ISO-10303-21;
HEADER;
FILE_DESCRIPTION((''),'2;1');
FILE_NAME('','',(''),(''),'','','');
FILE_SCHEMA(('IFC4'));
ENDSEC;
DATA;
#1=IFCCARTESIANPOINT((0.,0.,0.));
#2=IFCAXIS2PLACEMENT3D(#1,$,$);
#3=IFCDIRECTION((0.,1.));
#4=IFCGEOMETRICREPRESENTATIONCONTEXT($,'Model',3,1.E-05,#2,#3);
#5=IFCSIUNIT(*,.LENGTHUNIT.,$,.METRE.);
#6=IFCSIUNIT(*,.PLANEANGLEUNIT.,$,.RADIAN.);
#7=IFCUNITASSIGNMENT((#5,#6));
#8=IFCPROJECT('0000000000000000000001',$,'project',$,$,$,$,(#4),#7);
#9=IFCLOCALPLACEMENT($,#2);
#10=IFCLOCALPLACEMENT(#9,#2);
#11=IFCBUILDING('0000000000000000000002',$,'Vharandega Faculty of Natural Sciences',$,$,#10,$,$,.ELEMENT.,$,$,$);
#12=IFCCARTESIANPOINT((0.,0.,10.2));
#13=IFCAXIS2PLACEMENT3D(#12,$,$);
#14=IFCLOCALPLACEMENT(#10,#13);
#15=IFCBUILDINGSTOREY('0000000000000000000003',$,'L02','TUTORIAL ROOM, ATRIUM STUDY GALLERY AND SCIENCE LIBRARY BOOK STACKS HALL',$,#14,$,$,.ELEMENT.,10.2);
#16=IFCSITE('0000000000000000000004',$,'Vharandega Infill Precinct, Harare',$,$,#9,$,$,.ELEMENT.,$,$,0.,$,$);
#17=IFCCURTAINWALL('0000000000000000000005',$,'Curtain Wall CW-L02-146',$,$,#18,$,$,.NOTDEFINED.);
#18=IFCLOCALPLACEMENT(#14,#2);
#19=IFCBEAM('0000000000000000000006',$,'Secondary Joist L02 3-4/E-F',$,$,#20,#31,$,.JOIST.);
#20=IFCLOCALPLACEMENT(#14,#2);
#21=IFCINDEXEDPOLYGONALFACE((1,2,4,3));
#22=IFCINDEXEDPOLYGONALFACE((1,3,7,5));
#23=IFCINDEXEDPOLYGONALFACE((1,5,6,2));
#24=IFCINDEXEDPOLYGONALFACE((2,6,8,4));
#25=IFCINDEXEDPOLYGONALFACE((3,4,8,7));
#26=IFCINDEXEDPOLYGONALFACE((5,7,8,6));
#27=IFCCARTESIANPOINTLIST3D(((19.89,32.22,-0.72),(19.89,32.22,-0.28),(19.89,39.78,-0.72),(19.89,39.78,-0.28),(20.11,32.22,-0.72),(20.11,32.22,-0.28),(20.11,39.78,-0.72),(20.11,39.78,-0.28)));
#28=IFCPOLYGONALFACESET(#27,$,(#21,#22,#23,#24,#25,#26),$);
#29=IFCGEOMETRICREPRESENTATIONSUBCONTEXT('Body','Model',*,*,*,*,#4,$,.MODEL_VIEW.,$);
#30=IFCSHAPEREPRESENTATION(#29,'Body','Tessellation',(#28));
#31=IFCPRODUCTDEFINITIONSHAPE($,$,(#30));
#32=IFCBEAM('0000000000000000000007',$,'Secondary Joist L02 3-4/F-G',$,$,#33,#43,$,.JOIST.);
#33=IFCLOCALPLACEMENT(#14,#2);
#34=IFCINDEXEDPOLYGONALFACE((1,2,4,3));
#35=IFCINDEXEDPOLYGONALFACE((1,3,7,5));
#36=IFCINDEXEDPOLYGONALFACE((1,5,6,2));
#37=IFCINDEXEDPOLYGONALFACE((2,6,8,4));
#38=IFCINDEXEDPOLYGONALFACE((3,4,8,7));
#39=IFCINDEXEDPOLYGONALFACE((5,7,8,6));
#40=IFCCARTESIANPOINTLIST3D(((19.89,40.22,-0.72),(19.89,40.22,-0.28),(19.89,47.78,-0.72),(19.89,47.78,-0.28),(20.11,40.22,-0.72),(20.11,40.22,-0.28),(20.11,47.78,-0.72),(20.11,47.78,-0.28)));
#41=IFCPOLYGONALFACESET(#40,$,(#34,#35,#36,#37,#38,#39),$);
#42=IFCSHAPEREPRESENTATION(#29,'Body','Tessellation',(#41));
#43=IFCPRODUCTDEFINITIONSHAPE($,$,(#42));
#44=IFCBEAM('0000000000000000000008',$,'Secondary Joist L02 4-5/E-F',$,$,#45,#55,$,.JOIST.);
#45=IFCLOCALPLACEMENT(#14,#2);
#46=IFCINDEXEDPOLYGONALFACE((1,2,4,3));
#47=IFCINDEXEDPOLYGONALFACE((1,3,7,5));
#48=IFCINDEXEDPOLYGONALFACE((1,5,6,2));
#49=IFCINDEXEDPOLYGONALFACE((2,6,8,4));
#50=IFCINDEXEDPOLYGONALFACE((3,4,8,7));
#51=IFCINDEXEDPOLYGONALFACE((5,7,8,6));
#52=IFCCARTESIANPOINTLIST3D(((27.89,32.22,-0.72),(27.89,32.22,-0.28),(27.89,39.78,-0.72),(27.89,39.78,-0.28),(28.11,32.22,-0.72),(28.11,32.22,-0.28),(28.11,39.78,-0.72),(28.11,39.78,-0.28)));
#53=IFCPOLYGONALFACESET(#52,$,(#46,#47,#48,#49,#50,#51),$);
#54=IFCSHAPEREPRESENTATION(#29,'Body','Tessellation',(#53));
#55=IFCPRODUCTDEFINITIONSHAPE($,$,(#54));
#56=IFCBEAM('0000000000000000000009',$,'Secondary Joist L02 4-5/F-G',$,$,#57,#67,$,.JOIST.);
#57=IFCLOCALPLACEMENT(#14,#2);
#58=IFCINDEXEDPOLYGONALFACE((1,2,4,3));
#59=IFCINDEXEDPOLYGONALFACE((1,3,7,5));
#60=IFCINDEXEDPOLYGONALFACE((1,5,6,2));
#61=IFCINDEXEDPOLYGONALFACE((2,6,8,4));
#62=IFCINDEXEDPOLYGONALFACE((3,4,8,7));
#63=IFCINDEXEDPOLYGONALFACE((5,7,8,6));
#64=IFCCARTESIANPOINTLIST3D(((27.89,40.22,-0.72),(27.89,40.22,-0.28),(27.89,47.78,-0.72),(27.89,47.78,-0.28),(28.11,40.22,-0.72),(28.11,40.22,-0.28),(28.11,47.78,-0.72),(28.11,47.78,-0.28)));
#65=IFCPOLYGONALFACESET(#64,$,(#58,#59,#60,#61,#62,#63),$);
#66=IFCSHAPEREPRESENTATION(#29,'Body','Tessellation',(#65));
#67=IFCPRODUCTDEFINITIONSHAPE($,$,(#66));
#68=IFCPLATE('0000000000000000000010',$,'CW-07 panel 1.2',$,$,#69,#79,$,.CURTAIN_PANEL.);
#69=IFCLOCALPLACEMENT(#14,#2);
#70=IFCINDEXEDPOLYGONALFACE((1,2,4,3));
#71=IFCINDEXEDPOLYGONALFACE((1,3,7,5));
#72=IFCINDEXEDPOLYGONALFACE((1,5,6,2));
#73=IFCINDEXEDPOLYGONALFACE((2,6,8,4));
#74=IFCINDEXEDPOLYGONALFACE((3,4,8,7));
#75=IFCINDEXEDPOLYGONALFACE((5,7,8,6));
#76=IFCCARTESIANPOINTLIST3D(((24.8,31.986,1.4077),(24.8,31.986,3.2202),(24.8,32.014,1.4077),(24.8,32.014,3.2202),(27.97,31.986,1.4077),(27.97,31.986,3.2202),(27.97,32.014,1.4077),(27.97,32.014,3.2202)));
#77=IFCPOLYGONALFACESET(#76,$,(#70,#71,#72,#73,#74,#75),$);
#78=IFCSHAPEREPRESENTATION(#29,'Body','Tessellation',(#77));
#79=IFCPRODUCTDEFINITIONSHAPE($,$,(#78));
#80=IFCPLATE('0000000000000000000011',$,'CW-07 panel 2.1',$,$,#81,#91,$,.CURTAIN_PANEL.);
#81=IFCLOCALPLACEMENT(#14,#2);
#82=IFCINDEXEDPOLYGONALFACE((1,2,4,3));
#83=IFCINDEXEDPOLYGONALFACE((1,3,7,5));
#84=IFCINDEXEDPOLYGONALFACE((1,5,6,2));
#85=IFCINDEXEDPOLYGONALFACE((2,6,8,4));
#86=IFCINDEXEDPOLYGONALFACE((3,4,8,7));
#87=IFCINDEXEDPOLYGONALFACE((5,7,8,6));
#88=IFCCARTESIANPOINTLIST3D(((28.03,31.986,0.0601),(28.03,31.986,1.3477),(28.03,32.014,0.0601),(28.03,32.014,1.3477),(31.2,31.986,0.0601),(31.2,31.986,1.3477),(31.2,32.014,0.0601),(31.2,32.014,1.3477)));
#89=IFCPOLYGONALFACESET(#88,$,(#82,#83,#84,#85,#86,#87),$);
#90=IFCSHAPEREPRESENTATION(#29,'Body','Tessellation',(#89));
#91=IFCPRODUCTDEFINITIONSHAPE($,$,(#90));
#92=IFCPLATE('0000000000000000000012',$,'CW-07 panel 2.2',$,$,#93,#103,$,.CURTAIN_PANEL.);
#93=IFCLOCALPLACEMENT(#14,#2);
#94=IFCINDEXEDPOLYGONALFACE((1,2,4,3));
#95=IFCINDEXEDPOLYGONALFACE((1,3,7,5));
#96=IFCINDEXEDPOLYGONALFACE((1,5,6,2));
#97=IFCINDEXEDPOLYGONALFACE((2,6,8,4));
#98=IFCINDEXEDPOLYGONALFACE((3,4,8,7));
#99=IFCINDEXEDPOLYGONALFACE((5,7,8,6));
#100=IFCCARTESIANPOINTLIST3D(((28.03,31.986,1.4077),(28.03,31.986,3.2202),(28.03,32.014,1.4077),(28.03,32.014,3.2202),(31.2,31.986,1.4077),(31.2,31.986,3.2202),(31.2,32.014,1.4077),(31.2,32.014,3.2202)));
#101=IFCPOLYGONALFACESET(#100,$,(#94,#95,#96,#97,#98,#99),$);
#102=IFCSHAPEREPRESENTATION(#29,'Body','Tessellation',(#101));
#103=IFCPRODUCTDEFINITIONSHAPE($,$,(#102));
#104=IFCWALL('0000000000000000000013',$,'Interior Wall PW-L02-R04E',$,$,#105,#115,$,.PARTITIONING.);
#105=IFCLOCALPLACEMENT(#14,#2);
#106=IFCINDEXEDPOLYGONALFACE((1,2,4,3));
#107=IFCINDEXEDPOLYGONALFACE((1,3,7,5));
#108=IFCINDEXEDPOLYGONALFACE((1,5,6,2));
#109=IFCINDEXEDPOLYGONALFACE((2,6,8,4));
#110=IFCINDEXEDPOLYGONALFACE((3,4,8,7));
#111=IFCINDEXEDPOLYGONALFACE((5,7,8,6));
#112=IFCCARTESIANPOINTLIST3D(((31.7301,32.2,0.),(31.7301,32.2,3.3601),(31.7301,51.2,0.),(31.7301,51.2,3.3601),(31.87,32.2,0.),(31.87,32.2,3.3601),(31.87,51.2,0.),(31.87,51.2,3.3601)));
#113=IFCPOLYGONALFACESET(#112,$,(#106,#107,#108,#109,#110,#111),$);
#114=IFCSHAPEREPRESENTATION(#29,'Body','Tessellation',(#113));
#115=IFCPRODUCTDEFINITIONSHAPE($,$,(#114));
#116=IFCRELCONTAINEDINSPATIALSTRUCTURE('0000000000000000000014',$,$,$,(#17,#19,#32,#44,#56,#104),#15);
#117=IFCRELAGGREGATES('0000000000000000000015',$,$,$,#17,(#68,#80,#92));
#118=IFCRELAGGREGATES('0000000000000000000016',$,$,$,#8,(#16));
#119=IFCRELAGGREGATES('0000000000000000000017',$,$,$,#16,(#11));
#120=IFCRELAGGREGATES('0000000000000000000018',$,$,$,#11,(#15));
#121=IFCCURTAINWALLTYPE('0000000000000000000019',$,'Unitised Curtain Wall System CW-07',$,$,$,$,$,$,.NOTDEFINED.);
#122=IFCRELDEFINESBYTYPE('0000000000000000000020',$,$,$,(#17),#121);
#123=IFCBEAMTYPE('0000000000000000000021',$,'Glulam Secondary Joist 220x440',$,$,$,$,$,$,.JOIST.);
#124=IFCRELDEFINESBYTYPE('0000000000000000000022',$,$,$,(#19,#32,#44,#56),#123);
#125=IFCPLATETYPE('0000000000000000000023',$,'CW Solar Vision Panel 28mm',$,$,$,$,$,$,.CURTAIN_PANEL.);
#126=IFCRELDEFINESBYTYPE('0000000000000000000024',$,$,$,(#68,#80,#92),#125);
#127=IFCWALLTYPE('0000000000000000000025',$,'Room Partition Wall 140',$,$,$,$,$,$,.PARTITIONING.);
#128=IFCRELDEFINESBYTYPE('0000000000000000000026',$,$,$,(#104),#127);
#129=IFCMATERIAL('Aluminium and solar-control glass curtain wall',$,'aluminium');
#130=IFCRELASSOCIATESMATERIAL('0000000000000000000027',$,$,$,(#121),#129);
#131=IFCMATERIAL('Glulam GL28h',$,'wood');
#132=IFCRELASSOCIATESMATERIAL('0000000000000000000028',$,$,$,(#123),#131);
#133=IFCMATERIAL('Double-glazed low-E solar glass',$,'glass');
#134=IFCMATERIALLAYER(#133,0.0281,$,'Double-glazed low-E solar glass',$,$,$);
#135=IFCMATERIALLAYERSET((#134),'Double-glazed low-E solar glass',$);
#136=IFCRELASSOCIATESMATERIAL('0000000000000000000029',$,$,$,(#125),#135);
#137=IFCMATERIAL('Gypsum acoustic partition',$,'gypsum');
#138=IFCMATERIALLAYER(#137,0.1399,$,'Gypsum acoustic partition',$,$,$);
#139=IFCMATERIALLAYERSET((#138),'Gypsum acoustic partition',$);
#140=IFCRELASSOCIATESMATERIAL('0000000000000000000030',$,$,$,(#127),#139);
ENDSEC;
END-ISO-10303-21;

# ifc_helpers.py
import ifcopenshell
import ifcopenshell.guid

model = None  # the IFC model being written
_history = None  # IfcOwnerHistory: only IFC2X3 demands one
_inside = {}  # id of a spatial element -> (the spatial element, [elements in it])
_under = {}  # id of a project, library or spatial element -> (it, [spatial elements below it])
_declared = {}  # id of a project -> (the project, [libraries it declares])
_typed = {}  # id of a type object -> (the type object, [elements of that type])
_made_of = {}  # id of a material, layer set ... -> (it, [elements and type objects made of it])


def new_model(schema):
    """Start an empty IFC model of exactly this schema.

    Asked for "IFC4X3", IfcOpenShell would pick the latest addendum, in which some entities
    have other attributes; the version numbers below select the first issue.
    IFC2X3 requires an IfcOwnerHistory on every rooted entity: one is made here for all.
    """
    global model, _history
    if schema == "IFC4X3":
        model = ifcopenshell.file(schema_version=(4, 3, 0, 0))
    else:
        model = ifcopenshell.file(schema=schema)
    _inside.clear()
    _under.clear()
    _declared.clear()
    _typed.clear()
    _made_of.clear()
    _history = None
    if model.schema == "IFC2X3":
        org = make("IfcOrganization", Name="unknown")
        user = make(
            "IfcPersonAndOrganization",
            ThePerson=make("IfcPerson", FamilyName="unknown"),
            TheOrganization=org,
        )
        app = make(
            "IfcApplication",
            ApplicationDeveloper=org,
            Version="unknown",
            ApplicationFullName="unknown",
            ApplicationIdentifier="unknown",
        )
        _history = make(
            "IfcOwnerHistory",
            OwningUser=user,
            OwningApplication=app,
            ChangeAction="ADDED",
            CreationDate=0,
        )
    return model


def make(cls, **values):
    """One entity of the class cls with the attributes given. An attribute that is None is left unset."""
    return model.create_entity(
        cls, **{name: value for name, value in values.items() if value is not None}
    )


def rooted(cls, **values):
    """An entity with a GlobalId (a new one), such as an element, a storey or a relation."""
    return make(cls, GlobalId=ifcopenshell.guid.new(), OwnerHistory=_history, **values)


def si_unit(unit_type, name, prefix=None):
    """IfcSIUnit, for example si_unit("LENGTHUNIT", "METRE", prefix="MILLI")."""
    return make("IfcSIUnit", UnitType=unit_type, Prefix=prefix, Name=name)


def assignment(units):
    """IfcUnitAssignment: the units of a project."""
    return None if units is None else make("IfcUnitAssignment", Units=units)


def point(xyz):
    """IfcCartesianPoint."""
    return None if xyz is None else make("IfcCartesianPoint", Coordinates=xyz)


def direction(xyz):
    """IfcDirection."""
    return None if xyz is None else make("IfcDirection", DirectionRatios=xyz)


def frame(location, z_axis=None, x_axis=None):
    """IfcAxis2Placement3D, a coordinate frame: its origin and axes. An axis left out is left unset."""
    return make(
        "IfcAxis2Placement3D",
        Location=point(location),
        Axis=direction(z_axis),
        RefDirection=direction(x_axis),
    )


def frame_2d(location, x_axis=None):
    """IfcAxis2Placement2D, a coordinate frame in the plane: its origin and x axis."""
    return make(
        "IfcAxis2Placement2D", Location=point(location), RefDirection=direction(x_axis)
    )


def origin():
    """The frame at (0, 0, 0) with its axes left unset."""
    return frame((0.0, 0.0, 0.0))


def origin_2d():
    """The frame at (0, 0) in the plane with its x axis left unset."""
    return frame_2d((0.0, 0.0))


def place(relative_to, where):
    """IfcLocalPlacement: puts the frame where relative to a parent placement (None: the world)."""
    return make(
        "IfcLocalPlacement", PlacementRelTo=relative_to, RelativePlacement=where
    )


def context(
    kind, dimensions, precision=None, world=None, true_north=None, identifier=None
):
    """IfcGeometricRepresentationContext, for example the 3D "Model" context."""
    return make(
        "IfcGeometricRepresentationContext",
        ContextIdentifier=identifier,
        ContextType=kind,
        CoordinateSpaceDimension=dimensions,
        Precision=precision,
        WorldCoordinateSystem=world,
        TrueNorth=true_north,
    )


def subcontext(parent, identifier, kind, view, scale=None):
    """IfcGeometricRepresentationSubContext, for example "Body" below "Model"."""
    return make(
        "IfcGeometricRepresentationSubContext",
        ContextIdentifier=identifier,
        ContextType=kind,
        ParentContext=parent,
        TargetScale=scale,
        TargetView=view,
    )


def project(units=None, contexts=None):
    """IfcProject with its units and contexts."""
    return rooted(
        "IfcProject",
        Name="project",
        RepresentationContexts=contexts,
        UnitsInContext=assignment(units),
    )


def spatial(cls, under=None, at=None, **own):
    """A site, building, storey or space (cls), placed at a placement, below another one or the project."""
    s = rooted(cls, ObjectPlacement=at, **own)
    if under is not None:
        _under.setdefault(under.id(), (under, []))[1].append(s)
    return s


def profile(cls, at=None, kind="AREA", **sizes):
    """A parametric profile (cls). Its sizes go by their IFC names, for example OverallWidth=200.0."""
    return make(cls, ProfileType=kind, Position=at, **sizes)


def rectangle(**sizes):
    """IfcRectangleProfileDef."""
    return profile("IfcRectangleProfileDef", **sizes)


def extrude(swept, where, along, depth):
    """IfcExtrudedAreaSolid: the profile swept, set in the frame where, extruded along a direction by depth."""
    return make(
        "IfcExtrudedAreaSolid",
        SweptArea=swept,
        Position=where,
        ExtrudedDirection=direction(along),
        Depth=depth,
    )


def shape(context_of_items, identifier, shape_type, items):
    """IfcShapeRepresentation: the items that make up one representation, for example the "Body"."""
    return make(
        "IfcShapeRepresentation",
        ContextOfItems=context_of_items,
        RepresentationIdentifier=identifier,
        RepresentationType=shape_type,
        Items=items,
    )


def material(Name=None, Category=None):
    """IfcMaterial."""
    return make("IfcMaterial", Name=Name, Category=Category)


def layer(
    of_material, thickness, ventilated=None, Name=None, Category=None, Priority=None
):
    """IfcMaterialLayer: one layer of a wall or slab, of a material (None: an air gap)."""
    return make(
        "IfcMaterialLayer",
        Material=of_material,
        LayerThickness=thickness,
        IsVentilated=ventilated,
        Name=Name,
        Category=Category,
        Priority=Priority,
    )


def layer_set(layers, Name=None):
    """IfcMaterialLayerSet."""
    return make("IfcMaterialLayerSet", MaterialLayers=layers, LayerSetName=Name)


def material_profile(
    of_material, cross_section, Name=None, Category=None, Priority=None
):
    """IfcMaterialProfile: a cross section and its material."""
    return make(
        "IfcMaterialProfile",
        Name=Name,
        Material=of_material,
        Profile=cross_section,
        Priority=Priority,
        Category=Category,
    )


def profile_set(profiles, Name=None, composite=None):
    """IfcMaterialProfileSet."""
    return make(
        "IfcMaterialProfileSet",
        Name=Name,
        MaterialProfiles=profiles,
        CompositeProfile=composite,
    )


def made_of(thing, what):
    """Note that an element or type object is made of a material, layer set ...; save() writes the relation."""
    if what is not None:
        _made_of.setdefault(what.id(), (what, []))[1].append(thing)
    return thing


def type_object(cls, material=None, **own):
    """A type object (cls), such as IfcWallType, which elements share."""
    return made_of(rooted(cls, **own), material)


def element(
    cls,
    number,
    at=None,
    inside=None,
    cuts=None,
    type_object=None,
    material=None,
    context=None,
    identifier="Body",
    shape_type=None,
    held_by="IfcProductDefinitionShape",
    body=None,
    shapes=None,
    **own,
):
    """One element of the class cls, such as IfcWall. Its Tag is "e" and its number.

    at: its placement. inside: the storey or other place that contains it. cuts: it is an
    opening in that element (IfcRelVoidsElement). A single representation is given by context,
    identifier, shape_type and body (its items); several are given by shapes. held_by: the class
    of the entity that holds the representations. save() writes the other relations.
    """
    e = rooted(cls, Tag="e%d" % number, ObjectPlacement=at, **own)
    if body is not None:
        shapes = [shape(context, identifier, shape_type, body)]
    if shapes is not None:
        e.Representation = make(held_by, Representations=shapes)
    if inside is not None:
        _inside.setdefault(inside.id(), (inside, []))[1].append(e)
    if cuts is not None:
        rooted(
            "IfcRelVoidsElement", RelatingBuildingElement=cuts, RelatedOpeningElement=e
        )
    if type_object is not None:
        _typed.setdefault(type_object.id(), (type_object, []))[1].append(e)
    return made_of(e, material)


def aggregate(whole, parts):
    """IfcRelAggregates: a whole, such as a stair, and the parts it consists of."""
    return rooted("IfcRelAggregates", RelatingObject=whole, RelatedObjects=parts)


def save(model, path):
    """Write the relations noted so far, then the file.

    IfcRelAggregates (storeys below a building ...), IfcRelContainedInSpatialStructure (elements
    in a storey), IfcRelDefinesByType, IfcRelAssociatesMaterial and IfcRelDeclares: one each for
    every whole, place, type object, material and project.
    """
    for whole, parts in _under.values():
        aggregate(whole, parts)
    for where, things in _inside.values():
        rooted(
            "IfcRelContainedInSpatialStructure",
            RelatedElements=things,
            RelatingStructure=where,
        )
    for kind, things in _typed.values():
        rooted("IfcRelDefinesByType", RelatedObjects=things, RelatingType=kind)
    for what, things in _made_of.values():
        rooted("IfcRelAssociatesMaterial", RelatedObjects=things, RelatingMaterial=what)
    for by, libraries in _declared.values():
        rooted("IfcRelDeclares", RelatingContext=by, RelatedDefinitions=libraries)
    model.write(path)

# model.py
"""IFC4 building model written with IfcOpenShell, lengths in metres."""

from ifc_helpers import new_model, si_unit, direction, frame, frame_2d, origin, origin_2d, place, context, subcontext, project, spatial, rectangle, extrude, material, layer, layer_set, material_profile, profile_set, type_object, element, aggregate, save


model = new_model("IFC4")

# Units and contexts
model_context = context("Model", 3, precision=1e-05, world=origin(), true_north=direction((0.0, 1.0)))
body_context = subcontext(model_context, "Body", "Model", "MODEL_VIEW")
ifc_project = project(units=[si_unit("LENGTHUNIT", "METRE"), si_unit("PLANEANGLEUNIT", "RADIAN")], contexts=[model_context])

# Site, building, storey
site_placement = place(None, origin())
site = spatial("IfcSite", under=ifc_project, at=site_placement, Name="Vharandega Infill Precinct, Harare", CompositionType="ELEMENT", RefElevation=0.0)
building_placement = place(site_placement, origin())
building = spatial("IfcBuilding", under=site, at=building_placement, Name="Vharandega Faculty of Natural Sciences", CompositionType="ELEMENT")
storey_placement = place(building_placement, frame((0.0, 0.0, 10.2)))
storey = spatial("IfcBuildingStorey", under=building, at=storey_placement, Name="L02", Description="TUTORIAL ROOM, ATRIUM STUDY GALLERY AND SCIENCE LIBRARY BOOK STACKS HALL", CompositionType="ELEMENT", Elevation=10.2)

# Curtain wall
ifc_material_1 = material(Name="Aluminium and solar-control glass curtain wall", Category="aluminium")
curtain_wall_type = type_object("IfcCurtainWallType", Name="Unitised Curtain Wall System CW-07", PredefinedType="NOTDEFINED", material=ifc_material_1)
curtain_wall_placement = place(storey_placement, origin())
curtain_wall = element("IfcCurtainWall", 1, at=curtain_wall_placement, inside=storey, type_object=curtain_wall_type, Name="Curtain Wall CW-L02-146", PredefinedType="NOTDEFINED")

# Beams
ifc_material_2 = material(Name="Glulam GL28h", Category="wood")
ifc_material_profile_1 = material_profile(ifc_material_2, rectangle(XDim=0.22, YDim=0.4399, at=origin_2d()), Name="GL28h 220x440")
ifc_profile_set_1 = profile_set([ifc_material_profile_1], Name="Glulam GL28h")
beam_type_1 = type_object("IfcBeamType", Name="Glulam Secondary Joist 220x440", PredefinedType="JOIST", material=ifc_profile_set_1)
for number, where, z_axis, x_axis, name in (
    (2, (20.0, 32.22, -0.5), (0.0, 1.0, 0.0), (-1.0, 0.0, 0.0), "Secondary Joist L02 3-4/E-F"),
    (3, (20.0, 40.22, -0.5), (0.0, 1.0, 0.0), (-1.0, 0.0, 0.0), "Secondary Joist L02 3-4/F-G"),
    (4, (28.0, 32.22, -0.5), (0.0, 1.0, 0.0), (-1.0, 0.0, 0.0), "Secondary Joist L02 4-5/E-F"),
    (5, (28.0, 40.22, -0.5), (0.0, 1.0, 0.0), (-1.0, 0.0, 0.0), "Secondary Joist L02 4-5/F-G"),
):
    element("IfcBeam", number, at=place(storey_placement, frame(where, z_axis=z_axis, x_axis=x_axis)), inside=storey, type_object=beam_type_1, Name=name, PredefinedType="JOIST", context=body_context, shape_type="SweptSolid", body=[
        extrude(rectangle(XDim=0.22, YDim=0.4399, at=origin_2d()), origin(), (0.0, 0.0, 1.0), 7.5601),
    ])

# Plates
ifc_material_3 = material(Name="Double-glazed low-E solar glass", Category="glass")
ifc_layer_1 = layer(ifc_material_3, 0.0281, Name="Double-glazed low-E solar glass")
ifc_layer_set_1 = layer_set([ifc_layer_1], Name="Double-glazed low-E solar glass")
plate_type = type_object("IfcPlateType", Name="CW Solar Vision Panel 28mm", PredefinedType="CURTAIN_PANEL", material=ifc_layer_set_1)
plate_1_placement = place(storey_placement, frame((26.385, 32.0, 1.4077), z_axis=(0.0, 0.0, 1.0), x_axis=(1.0, 0.0, 0.0)))
plate_1 = element("IfcPlate", 6, at=plate_1_placement, type_object=plate_type, Name="CW-07 panel 1.2", PredefinedType="CURTAIN_PANEL", context=body_context, shape_type="SweptSolid", body=[
    extrude(rectangle(XDim=3.1699, YDim=0.0281, at=origin_2d()), origin(), (0.0, 0.0, 1.0), 1.8125),
])
plate_2_placement = place(storey_placement, frame((29.615, 32.0, 0.0601), z_axis=(0.0, 0.0, 1.0), x_axis=(1.0, 0.0, 0.0)))
plate_2 = element("IfcPlate", 7, at=plate_2_placement, type_object=plate_type, Name="CW-07 panel 2.1", PredefinedType="CURTAIN_PANEL", context=body_context, shape_type="SweptSolid", body=[
    extrude(rectangle(XDim=3.1699, YDim=0.0281, at=origin_2d()), origin(), (0.0, 0.0, 1.0), 1.2876),
])
plate_3_placement = place(storey_placement, frame((29.615, 32.0, 1.4077), z_axis=(0.0, 0.0, 1.0), x_axis=(1.0, 0.0, 0.0)))
plate_3 = element("IfcPlate", 8, at=plate_3_placement, type_object=plate_type, Name="CW-07 panel 2.2", PredefinedType="CURTAIN_PANEL", context=body_context, shape_type="SweptSolid", body=[
    extrude(rectangle(XDim=3.1699, YDim=0.0281, at=origin_2d()), origin(), (0.0, 0.0, 1.0), 1.8125),
])
aggregate(curtain_wall, [plate_1, plate_2, plate_3])

# Wall
ifc_material_4 = material(Name="Gypsum acoustic partition", Category="gypsum")
ifc_layer_2 = layer(ifc_material_4, 0.1399, Name="Gypsum acoustic partition")
ifc_layer_set_2 = layer_set([ifc_layer_2], Name="Gypsum acoustic partition")
wall_type = type_object("IfcWallType", Name="Room Partition Wall 140", PredefinedType="PARTITIONING", material=ifc_layer_set_2)
wall_placement = place(storey_placement, frame((31.8, 32.2, 0.0), z_axis=(0.0, 0.0, 1.0), x_axis=(0.0, 1.0, 0.0)))
element("IfcWall", 9, at=wall_placement, inside=storey, type_object=wall_type, Name="Interior Wall PW-L02-R04E", PredefinedType="PARTITIONING", context=body_context, shape_type="SweptSolid", body=[
    extrude(rectangle(XDim=19.0, YDim=0.1399, at=frame_2d((9.5, 0.0))), origin(), (0.0, 0.0, 1.0), 3.3601),
])

save(model, "model.ifc")
